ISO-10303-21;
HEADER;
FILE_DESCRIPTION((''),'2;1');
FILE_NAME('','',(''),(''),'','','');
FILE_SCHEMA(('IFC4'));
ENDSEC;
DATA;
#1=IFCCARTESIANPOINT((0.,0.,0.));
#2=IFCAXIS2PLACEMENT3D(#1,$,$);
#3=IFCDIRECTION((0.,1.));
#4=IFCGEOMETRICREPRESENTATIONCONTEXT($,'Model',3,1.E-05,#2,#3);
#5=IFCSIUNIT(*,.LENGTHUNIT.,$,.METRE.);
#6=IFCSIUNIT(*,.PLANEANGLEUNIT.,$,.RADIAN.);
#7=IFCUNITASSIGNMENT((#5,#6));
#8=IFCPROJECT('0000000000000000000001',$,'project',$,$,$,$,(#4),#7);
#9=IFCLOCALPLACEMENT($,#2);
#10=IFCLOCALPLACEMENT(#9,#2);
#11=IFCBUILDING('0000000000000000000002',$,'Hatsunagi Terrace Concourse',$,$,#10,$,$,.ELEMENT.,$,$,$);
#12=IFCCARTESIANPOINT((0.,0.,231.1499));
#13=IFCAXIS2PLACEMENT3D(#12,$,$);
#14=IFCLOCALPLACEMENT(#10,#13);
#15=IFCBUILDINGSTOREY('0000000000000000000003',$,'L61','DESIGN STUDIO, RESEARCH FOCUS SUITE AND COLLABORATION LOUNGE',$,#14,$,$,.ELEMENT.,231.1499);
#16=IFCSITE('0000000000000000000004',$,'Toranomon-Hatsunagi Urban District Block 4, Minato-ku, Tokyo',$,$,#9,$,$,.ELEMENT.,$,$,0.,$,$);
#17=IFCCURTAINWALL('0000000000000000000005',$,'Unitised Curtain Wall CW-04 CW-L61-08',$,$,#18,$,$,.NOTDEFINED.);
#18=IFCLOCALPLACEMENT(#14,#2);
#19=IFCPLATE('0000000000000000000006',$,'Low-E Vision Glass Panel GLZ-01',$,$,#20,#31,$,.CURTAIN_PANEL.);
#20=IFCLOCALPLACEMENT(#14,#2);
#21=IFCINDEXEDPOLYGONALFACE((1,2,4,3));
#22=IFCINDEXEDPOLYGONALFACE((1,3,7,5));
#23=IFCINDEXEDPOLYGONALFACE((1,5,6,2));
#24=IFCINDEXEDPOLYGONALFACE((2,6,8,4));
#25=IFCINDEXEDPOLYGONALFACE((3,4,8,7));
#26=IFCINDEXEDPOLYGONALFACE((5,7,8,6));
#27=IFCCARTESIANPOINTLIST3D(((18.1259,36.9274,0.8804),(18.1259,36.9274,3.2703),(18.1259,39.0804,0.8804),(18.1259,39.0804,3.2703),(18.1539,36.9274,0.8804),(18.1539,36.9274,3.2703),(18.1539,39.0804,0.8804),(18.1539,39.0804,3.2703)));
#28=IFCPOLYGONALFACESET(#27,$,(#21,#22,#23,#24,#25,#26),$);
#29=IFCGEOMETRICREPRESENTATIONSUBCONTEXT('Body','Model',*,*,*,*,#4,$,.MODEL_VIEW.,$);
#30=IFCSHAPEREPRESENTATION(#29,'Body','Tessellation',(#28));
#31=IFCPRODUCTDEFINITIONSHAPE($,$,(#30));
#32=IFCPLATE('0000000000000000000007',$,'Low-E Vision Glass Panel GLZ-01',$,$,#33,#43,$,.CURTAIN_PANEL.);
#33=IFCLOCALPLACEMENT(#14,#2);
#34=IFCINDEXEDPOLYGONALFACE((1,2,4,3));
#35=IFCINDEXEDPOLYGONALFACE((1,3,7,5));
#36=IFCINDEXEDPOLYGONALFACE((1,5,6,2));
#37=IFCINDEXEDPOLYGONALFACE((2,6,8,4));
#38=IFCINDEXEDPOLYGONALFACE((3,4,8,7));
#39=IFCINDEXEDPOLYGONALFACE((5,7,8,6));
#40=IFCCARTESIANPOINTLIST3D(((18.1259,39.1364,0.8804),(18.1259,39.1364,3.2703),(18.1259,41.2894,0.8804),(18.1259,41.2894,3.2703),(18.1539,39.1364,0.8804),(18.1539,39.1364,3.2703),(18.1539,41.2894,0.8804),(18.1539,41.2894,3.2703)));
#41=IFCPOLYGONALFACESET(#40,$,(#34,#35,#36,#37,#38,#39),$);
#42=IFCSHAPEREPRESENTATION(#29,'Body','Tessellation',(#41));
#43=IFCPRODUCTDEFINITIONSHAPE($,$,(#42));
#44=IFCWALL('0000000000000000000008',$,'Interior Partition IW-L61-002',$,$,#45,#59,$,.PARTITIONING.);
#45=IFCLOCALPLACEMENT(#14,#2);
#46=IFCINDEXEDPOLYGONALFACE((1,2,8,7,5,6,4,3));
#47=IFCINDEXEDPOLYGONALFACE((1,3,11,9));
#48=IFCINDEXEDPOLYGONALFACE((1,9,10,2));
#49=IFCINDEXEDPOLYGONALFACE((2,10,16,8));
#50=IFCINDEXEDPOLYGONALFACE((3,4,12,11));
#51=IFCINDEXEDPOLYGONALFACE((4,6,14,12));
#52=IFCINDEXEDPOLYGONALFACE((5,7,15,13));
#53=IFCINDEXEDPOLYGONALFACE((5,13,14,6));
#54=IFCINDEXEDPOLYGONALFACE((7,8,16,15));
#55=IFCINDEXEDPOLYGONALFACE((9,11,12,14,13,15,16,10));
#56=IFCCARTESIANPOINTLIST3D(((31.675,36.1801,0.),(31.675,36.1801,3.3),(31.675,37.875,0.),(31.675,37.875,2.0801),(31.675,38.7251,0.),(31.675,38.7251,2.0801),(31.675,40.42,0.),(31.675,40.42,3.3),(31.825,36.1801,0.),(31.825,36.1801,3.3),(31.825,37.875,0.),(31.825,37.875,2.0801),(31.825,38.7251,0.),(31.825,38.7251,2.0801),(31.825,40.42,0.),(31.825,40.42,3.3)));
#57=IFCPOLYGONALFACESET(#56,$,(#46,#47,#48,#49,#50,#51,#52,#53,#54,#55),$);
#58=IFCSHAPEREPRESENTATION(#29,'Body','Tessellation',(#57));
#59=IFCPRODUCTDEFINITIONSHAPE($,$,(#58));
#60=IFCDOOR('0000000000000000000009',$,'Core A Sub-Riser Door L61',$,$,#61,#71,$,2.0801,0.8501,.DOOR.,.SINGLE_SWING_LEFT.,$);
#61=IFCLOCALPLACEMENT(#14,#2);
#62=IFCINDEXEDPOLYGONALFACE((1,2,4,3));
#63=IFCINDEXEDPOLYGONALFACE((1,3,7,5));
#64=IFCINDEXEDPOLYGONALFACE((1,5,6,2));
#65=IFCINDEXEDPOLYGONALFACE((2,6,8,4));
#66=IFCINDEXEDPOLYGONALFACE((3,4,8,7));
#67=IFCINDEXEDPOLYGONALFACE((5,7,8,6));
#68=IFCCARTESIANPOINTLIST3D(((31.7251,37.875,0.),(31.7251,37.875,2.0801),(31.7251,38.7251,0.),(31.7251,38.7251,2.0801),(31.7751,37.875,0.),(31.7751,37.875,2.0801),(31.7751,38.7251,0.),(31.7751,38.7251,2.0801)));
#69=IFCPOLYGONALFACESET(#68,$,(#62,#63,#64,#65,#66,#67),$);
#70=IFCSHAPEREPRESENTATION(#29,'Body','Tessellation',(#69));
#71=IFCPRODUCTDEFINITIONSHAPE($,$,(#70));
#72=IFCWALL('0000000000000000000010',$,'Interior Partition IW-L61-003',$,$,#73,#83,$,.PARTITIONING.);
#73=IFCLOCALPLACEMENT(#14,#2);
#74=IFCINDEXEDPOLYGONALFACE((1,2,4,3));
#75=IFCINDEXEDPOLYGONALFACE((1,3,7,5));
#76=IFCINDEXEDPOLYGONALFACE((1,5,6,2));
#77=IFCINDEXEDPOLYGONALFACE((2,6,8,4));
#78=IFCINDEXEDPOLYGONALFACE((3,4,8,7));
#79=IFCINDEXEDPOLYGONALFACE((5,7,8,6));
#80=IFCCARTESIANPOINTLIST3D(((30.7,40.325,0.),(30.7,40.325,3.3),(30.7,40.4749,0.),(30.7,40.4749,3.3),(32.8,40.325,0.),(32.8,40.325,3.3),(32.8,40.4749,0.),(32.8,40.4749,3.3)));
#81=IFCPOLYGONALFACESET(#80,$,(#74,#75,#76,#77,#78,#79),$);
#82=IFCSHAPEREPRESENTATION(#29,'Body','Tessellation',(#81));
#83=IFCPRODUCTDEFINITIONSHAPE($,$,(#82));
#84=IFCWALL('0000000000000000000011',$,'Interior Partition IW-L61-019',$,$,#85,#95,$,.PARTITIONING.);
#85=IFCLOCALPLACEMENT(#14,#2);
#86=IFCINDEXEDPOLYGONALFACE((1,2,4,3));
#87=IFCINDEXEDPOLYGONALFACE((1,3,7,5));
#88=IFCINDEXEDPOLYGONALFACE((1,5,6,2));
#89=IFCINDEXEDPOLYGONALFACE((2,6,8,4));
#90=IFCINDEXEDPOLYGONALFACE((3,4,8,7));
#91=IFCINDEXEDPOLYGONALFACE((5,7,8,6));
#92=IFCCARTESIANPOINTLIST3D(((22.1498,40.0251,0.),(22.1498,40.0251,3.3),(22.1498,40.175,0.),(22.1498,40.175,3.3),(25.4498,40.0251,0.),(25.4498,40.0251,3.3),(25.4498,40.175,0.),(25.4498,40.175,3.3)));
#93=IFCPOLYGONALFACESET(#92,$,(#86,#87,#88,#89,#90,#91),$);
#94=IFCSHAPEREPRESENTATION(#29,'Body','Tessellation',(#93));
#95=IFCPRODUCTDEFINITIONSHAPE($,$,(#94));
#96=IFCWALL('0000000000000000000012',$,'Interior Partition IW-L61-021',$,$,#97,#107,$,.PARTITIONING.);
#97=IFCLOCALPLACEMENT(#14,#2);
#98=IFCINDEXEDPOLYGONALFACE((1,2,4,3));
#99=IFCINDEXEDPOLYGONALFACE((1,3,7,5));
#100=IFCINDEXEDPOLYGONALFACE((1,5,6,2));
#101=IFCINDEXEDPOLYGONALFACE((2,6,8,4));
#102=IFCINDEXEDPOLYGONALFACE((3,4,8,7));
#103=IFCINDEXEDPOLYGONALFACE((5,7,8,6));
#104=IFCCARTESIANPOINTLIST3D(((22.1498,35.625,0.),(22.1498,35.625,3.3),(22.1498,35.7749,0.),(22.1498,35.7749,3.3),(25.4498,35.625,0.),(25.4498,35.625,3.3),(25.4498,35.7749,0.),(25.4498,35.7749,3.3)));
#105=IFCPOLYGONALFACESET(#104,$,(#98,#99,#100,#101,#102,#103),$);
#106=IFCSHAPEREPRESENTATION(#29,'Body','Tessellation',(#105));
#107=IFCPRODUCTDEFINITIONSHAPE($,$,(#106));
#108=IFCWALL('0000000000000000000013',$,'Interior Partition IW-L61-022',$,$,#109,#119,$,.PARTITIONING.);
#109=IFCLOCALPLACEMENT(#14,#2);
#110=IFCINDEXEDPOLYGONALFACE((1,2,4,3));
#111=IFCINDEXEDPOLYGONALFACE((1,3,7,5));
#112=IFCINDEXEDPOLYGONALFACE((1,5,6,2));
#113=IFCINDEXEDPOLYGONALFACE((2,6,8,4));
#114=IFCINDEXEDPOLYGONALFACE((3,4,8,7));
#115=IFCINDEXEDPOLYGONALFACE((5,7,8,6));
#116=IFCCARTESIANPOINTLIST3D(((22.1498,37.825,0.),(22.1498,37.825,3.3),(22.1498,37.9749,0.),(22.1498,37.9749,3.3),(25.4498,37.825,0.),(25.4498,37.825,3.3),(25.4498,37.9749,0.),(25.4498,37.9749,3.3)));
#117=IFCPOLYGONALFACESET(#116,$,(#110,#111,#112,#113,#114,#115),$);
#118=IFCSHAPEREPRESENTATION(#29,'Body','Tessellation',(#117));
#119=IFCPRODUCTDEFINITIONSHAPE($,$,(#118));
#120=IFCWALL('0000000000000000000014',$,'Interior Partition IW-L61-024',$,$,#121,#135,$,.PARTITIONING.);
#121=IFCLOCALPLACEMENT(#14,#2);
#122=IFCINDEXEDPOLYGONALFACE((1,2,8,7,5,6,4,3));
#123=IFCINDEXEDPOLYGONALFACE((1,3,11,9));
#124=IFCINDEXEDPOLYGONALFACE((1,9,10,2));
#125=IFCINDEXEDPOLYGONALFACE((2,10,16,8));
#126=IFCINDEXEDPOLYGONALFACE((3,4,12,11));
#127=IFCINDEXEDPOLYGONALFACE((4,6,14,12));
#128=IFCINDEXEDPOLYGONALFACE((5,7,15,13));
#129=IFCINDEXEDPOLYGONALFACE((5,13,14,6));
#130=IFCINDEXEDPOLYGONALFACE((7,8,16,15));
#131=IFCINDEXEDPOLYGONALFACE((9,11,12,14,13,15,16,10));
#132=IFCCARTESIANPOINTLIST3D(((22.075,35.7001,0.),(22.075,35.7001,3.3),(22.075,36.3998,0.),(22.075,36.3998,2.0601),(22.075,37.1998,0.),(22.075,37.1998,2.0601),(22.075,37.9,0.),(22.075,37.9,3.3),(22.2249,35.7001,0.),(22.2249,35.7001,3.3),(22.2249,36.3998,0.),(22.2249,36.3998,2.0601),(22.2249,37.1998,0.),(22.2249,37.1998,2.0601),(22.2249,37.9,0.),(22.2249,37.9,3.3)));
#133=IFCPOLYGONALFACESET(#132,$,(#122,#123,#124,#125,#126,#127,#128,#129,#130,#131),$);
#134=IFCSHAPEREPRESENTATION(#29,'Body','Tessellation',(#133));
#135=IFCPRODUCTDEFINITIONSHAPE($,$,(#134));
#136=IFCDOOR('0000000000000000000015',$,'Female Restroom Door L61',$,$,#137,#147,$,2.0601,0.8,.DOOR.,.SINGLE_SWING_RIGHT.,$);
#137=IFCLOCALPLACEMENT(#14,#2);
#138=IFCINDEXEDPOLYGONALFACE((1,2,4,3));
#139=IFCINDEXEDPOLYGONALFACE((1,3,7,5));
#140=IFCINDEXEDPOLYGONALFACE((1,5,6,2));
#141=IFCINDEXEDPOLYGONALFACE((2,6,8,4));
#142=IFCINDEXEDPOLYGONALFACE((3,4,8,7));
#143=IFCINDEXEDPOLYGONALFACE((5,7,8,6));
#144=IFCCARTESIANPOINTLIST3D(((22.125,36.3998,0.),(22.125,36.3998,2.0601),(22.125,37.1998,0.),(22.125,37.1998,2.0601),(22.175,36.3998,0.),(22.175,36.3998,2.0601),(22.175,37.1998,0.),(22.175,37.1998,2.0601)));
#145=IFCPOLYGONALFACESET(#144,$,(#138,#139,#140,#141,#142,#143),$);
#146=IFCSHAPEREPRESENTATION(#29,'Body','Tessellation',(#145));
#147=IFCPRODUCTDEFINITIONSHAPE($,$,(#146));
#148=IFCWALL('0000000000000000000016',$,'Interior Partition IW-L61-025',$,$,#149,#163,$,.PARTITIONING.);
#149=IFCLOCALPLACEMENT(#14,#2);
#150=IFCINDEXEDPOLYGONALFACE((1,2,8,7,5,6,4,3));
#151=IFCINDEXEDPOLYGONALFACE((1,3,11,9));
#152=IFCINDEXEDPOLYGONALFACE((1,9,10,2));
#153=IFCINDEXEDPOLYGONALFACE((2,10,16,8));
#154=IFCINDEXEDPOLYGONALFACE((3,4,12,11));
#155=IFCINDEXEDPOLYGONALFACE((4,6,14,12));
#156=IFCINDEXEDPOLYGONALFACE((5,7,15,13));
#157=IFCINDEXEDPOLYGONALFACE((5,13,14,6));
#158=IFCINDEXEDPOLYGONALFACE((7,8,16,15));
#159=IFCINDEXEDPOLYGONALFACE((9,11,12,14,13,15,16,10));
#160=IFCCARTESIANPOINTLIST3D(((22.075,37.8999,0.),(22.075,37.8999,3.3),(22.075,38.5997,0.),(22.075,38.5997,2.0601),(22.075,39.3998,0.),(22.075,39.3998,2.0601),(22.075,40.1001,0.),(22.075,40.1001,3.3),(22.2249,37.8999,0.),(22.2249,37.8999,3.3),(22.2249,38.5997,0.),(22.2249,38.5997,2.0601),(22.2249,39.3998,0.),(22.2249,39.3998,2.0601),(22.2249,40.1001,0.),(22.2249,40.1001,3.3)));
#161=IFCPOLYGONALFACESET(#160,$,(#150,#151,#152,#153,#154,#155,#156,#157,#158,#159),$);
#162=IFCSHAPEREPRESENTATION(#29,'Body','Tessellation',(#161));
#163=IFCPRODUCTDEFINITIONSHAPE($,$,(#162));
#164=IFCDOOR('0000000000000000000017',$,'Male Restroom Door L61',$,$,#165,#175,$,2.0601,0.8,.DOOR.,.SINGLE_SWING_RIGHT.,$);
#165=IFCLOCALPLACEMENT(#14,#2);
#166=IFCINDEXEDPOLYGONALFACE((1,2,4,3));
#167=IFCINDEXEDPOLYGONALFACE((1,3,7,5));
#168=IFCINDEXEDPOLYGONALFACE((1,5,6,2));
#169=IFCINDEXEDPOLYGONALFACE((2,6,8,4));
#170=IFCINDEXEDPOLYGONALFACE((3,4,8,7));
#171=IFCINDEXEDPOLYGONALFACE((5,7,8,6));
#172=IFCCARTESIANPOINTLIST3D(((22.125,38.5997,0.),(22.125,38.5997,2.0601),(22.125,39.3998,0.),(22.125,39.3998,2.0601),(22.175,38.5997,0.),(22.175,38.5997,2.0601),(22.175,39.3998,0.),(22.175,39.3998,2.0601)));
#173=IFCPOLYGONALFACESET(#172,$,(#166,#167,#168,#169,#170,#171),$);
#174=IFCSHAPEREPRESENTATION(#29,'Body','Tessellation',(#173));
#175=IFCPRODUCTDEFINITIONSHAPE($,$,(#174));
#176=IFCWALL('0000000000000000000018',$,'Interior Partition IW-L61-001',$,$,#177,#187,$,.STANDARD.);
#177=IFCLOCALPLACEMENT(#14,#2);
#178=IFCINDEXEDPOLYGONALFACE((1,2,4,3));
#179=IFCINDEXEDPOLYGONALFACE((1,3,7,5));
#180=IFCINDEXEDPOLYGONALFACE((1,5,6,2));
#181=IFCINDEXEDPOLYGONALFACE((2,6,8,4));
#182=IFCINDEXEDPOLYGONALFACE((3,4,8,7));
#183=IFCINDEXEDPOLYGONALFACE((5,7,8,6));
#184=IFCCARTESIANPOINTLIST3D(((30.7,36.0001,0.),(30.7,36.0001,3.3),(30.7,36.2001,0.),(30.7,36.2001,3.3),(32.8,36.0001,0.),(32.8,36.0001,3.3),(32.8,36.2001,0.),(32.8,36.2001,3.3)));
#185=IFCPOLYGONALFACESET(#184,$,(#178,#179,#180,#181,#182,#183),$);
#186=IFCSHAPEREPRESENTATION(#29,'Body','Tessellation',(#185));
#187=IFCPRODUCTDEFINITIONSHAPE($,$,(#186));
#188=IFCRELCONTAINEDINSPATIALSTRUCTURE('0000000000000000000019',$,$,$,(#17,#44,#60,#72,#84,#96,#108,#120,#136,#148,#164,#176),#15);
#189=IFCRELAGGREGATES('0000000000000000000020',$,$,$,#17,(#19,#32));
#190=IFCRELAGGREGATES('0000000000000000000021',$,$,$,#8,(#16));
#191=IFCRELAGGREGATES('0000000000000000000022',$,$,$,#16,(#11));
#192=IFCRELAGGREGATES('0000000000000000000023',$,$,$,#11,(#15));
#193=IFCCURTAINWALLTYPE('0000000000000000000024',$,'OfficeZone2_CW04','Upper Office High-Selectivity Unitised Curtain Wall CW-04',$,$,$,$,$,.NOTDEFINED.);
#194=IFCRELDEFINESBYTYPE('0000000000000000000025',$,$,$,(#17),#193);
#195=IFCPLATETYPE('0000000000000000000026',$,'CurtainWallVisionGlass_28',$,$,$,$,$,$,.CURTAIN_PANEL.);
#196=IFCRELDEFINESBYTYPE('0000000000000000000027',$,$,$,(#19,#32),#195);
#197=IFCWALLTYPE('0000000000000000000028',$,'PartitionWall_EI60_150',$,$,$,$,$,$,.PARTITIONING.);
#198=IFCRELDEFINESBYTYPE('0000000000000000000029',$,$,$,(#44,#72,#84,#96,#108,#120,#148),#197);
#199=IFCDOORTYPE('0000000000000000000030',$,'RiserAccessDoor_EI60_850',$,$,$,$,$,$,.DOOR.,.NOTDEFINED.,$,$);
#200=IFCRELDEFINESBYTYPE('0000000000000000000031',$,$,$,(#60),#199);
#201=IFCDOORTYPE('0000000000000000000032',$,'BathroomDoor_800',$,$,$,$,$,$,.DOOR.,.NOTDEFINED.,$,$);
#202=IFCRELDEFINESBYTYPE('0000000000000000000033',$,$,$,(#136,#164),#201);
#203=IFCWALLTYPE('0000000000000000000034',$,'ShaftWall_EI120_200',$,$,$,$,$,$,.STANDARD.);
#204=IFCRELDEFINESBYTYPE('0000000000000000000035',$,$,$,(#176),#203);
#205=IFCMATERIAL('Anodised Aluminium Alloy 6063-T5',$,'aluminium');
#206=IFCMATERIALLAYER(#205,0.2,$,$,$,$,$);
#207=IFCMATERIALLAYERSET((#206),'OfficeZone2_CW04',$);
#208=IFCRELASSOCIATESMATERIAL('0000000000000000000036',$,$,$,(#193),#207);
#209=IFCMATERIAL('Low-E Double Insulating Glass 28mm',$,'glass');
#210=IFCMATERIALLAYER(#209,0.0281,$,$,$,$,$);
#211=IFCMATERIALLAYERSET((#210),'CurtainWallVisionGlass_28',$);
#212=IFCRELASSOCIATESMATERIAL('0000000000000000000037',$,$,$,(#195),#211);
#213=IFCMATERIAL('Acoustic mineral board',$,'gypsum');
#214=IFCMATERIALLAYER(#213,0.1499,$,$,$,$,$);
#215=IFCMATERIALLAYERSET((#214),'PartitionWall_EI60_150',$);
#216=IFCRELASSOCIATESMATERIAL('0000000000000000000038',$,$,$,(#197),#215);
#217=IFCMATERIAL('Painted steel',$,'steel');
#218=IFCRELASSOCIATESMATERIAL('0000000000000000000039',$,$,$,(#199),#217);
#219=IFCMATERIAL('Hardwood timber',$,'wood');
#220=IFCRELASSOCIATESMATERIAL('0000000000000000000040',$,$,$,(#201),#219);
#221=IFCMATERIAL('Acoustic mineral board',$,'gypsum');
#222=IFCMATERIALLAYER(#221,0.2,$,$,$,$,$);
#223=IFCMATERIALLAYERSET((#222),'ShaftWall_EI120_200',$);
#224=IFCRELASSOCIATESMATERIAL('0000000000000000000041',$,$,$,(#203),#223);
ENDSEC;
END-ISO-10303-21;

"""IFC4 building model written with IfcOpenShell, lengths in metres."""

from ifc_helpers import new_model, si_unit, direction, frame, frame_2d, origin, origin_2d, place, context, subcontext, project, spatial, rectangle, extrude, material, layer, layer_set, type_object, element, fill, aggregate, save


model = new_model("IFC4")

# Units and contexts
model_context = context("Model", 3, precision=1e-05, world=origin(), true_north=direction((0.0, 1.0)))
body_context = subcontext(model_context, "Body", "Model", "MODEL_VIEW")
ifc_project = project(units=[si_unit("LENGTHUNIT", "METRE"), si_unit("PLANEANGLEUNIT", "RADIAN")], contexts=[model_context])

# Site, building, storey
site_placement = place(None, origin())
site = spatial("IfcSite", under=ifc_project, at=site_placement, Name="Toranomon-Hatsunagi Urban District Block 4, Minato-ku, Tokyo", CompositionType="ELEMENT", RefElevation=0.0)
building_placement = place(site_placement, origin())
building = spatial("IfcBuilding", under=site, at=building_placement, Name="Hatsunagi Terrace Concourse", CompositionType="ELEMENT")
storey_placement = place(building_placement, frame((0.0, 0.0, 231.1499)))
storey = spatial("IfcBuildingStorey", under=building, at=storey_placement, Name="L61", Description="DESIGN STUDIO, RESEARCH FOCUS SUITE AND COLLABORATION LOUNGE", CompositionType="ELEMENT", Elevation=231.1499)

# Curtain wall
ifc_material_1 = material(Name="Anodised Aluminium Alloy 6063-T5", Category="aluminium")
ifc_layer_1 = layer(ifc_material_1, 0.2)
ifc_layer_set_1 = layer_set([ifc_layer_1], Name="OfficeZone2_CW04")
curtain_wall_type = type_object("IfcCurtainWallType", Name="OfficeZone2_CW04", Description="Upper Office High-Selectivity Unitised Curtain Wall CW-04", PredefinedType="NOTDEFINED", material=ifc_layer_set_1)
curtain_wall_placement = place(storey_placement, origin())
curtain_wall = element("IfcCurtainWall", 1, at=curtain_wall_placement, inside=storey, type_object=curtain_wall_type, Name="Unitised Curtain Wall CW-04 CW-L61-08", PredefinedType="NOTDEFINED")

# Plates
ifc_material_2 = material(Name="Low-E Double Insulating Glass 28mm", Category="glass")
ifc_layer_2 = layer(ifc_material_2, 0.0281)
ifc_layer_set_2 = layer_set([ifc_layer_2], Name="CurtainWallVisionGlass_28")
plate_type_1 = type_object("IfcPlateType", Name="CurtainWallVisionGlass_28", PredefinedType="CURTAIN_PANEL", material=ifc_layer_set_2)
plate_1_placement = place(storey_placement, frame((18.1399, 38.0039, 0.8804), z_axis=(0.0, 0.0, 1.0), x_axis=(0.0, 1.0, 0.0)))
plate_1 = element("IfcPlate", 2, at=plate_1_placement, type_object=plate_type_1, Name="Low-E Vision Glass Panel GLZ-01", PredefinedType="CURTAIN_PANEL", context=body_context, shape_type="SweptSolid", body=[
    extrude(rectangle(XDim=2.1531, YDim=0.0281, at=origin_2d()), origin(), (0.0, 0.0, 1.0), 2.3899),
])
plate_2_placement = place(storey_placement, frame((18.1399, 40.2129, 0.8804), z_axis=(0.0, 0.0, 1.0), x_axis=(0.0, 1.0, 0.0)))
plate_2 = element("IfcPlate", 3, at=plate_2_placement, type_object=plate_type_1, Name="Low-E Vision Glass Panel GLZ-01", PredefinedType="CURTAIN_PANEL", context=body_context, shape_type="SweptSolid", body=[
    extrude(rectangle(XDim=2.1531, YDim=0.0281, at=origin_2d()), origin(), (0.0, 0.0, 1.0), 2.3899),
])
aggregate(curtain_wall, [plate_1, plate_2])

# Wall, opening, door
ifc_material_3 = material(Name="Acoustic mineral board", Category="gypsum")
ifc_layer_3 = layer(ifc_material_3, 0.1499)
ifc_layer_set_3 = layer_set([ifc_layer_3], Name="PartitionWall_EI60_150")
wall_type_1 = type_object("IfcWallType", Name="PartitionWall_EI60_150", PredefinedType="PARTITIONING", material=ifc_layer_set_3)
wall_1_placement = place(storey_placement, frame((31.75, 36.1799, 0.0), z_axis=(0.0, 0.0, 1.0), x_axis=(0.0, 1.0, 0.0)))
wall_1 = element("IfcWall", 4, at=wall_1_placement, inside=storey, type_object=wall_type_1, Name="Interior Partition IW-L61-002", PredefinedType="PARTITIONING", context=body_context, shape_type="SweptSolid", body=[
    extrude(rectangle(XDim=4.24, YDim=0.1499, at=frame_2d((2.1201, 0.0))), origin(), (0.0, 0.0, 1.0), 3.3),
])
opening_1_placement = place(wall_1_placement, frame((1.6951, 0.0, 0.0)))
opening_1 = element("IfcOpeningElement", 5, at=opening_1_placement, cuts=wall_1, PredefinedType="OPENING", context=body_context, shape_type="SweptSolid", body=[
    extrude(rectangle(XDim=0.8501, YDim=2.0801, at=frame_2d((0.425, 1.04))), frame((0.0, 0.085, 0.0), z_axis=(0.0, -1.0, 0.0), x_axis=(1.0, 0.0, 0.0)), (0.0, 0.0, 1.0), 0.1699),
])
ifc_material_4 = material(Name="Painted steel", Category="steel")
door_type_1 = type_object("IfcDoorType", Name="RiserAccessDoor_EI60_850", OperationType="NOTDEFINED", PredefinedType="DOOR", material=ifc_material_4)
door_1_placement = place(opening_1_placement, origin())
door_1 = element("IfcDoor", 6, at=door_1_placement, inside=storey, type_object=door_type_1, Name="Core A Sub-Riser Door L61", OperationType="SINGLE_SWING_LEFT", OverallHeight=2.0801, OverallWidth=0.8501, PredefinedType="DOOR", context=body_context, shape_type="SweptSolid", body=[
    extrude(rectangle(XDim=0.8501, YDim=2.0801, at=frame_2d((0.425, 1.04))), frame((0.0, 0.0249, 0.0), z_axis=(0.0, -1.0, 0.0), x_axis=(1.0, 0.0, 0.0)), (0.0, 0.0, 1.0), 0.05),
])
fill(opening_1, door_1)

# Walls
wall_2_placement = place(storey_placement, frame((30.7, 40.3999, 0.0), z_axis=(0.0, 0.0, 1.0), x_axis=(1.0, 0.0, 0.0)))
element("IfcWall", 7, at=wall_2_placement, inside=storey, type_object=wall_type_1, Name="Interior Partition IW-L61-003", PredefinedType="PARTITIONING", context=body_context, shape_type="SweptSolid", body=[
    extrude(rectangle(XDim=2.1001, YDim=0.1499, at=frame_2d((1.05, 0.0))), origin(), (0.0, 0.0, 1.0), 3.3),
])
for number, where, z_axis, x_axis, name in (
    (8, (22.1499, 40.1001, 0.0), (0.0, 0.0, 1.0), (1.0, 0.0, 0.0), "Interior Partition IW-L61-019"),
    (9, (22.1499, 35.7, 0.0), (0.0, 0.0, 1.0), (1.0, 0.0, 0.0), "Interior Partition IW-L61-021"),
    (10, (22.1499, 37.8999, 0.0), (0.0, 0.0, 1.0), (1.0, 0.0, 0.0), "Interior Partition IW-L61-022"),
):
    element("IfcWall", number, at=place(storey_placement, frame(where, z_axis=z_axis, x_axis=x_axis)), inside=storey, type_object=wall_type_1, Name=name, PredefinedType="PARTITIONING", context=body_context, shape_type="SweptSolid", body=[
        extrude(rectangle(XDim=3.3, YDim=0.1499, at=frame_2d((1.6499, 0.0))), origin(), (0.0, 0.0, 1.0), 3.3),
    ])

# Walls, openings, doors
wall_3_placement = place(storey_placement, frame((22.1499, 35.7, 0.0), z_axis=(0.0, 0.0, 1.0), x_axis=(0.0, 1.0, 0.0)))
wall_3 = element("IfcWall", 11, at=wall_3_placement, inside=storey, type_object=wall_type_1, Name="Interior Partition IW-L61-024", PredefinedType="PARTITIONING", context=body_context, shape_type="SweptSolid", body=[
    extrude(rectangle(XDim=2.2, YDim=0.1499, at=frame_2d((1.1001, 0.0))), origin(), (0.0, 0.0, 1.0), 3.3),
])
opening_2_placement = place(wall_3_placement, frame((0.7, 0.0, 0.0)))
opening_2 = element("IfcOpeningElement", 12, at=opening_2_placement, cuts=wall_3, PredefinedType="OPENING", context=body_context, shape_type="SweptSolid", body=[
    extrude(rectangle(XDim=0.8, YDim=2.0601, at=frame_2d((0.3999, 1.03))), frame((0.0, 0.085, 0.0), z_axis=(0.0, -1.0, 0.0), x_axis=(1.0, 0.0, 0.0)), (0.0, 0.0, 1.0), 0.1699),
])
ifc_material_5 = material(Name="Hardwood timber", Category="wood")
door_type_2 = type_object("IfcDoorType", Name="BathroomDoor_800", OperationType="NOTDEFINED", PredefinedType="DOOR", material=ifc_material_5)
door_2_placement = place(opening_2_placement, origin())
door_2 = element("IfcDoor", 13, at=door_2_placement, inside=storey, type_object=door_type_2, Name="Female Restroom Door L61", OperationType="SINGLE_SWING_RIGHT", OverallHeight=2.0601, OverallWidth=0.8, PredefinedType="DOOR", context=body_context, shape_type="SweptSolid", body=[
    extrude(rectangle(XDim=0.8, YDim=2.0601, at=frame_2d((0.3999, 1.03))), frame((0.0, 0.0249, 0.0), z_axis=(0.0, -1.0, 0.0), x_axis=(1.0, 0.0, 0.0)), (0.0, 0.0, 1.0), 0.05),
])
fill(opening_2, door_2)
wall_4_placement = place(storey_placement, frame((22.1499, 37.8999, 0.0), z_axis=(0.0, 0.0, 1.0), x_axis=(0.0, 1.0, 0.0)))
wall_4 = element("IfcWall", 14, at=wall_4_placement, inside=storey, type_object=wall_type_1, Name="Interior Partition IW-L61-025", PredefinedType="PARTITIONING", context=body_context, shape_type="SweptSolid", body=[
    extrude(rectangle(XDim=2.2002, YDim=0.1499, at=frame_2d((1.1001, 0.0))), origin(), (0.0, 0.0, 1.0), 3.3),
])
opening_3_placement = place(wall_4_placement, frame((0.7, 0.0, 0.0)))
opening_3 = element("IfcOpeningElement", 15, at=opening_3_placement, cuts=wall_4, PredefinedType="OPENING", context=body_context, shape_type="SweptSolid", body=[
    extrude(rectangle(XDim=0.8, YDim=2.0601, at=frame_2d((0.3999, 1.03))), frame((0.0, 0.085, 0.0), z_axis=(0.0, -1.0, 0.0), x_axis=(1.0, 0.0, 0.0)), (0.0, 0.0, 1.0), 0.1699),
])
door_3_placement = place(opening_3_placement, origin())
door_3 = element("IfcDoor", 16, at=door_3_placement, inside=storey, type_object=door_type_2, Name="Male Restroom Door L61", OperationType="SINGLE_SWING_RIGHT", OverallHeight=2.0601, OverallWidth=0.8, PredefinedType="DOOR", context=body_context, shape_type="SweptSolid", body=[
    extrude(rectangle(XDim=0.8, YDim=2.0601, at=frame_2d((0.3999, 1.03))), frame((0.0, 0.0249, 0.0), z_axis=(0.0, -1.0, 0.0), x_axis=(1.0, 0.0, 0.0)), (0.0, 0.0, 1.0), 0.05),
])
fill(opening_3, door_3)

# Wall
ifc_material_6 = material(Name="Acoustic mineral board", Category="gypsum")
ifc_layer_4 = layer(ifc_material_6, 0.2)
ifc_layer_set_4 = layer_set([ifc_layer_4], Name="ShaftWall_EI120_200")
wall_type_2 = type_object("IfcWallType", Name="ShaftWall_EI120_200", PredefinedType="STANDARD", material=ifc_layer_set_4)
wall_5_placement = place(storey_placement, frame((30.7, 36.1001, 0.0), z_axis=(0.0, 0.0, 1.0), x_axis=(1.0, 0.0, 0.0)))
element("IfcWall", 17, at=wall_5_placement, inside=storey, type_object=wall_type_2, Name="Interior Partition IW-L61-001", PredefinedType="STANDARD", context=body_context, shape_type="SweptSolid", body=[
    extrude(rectangle(XDim=2.1001, YDim=0.2, at=frame_2d((1.05, 0.0))), origin(), (0.0, 0.0, 1.0), 3.3),
])

save(model, "model.ifc")
